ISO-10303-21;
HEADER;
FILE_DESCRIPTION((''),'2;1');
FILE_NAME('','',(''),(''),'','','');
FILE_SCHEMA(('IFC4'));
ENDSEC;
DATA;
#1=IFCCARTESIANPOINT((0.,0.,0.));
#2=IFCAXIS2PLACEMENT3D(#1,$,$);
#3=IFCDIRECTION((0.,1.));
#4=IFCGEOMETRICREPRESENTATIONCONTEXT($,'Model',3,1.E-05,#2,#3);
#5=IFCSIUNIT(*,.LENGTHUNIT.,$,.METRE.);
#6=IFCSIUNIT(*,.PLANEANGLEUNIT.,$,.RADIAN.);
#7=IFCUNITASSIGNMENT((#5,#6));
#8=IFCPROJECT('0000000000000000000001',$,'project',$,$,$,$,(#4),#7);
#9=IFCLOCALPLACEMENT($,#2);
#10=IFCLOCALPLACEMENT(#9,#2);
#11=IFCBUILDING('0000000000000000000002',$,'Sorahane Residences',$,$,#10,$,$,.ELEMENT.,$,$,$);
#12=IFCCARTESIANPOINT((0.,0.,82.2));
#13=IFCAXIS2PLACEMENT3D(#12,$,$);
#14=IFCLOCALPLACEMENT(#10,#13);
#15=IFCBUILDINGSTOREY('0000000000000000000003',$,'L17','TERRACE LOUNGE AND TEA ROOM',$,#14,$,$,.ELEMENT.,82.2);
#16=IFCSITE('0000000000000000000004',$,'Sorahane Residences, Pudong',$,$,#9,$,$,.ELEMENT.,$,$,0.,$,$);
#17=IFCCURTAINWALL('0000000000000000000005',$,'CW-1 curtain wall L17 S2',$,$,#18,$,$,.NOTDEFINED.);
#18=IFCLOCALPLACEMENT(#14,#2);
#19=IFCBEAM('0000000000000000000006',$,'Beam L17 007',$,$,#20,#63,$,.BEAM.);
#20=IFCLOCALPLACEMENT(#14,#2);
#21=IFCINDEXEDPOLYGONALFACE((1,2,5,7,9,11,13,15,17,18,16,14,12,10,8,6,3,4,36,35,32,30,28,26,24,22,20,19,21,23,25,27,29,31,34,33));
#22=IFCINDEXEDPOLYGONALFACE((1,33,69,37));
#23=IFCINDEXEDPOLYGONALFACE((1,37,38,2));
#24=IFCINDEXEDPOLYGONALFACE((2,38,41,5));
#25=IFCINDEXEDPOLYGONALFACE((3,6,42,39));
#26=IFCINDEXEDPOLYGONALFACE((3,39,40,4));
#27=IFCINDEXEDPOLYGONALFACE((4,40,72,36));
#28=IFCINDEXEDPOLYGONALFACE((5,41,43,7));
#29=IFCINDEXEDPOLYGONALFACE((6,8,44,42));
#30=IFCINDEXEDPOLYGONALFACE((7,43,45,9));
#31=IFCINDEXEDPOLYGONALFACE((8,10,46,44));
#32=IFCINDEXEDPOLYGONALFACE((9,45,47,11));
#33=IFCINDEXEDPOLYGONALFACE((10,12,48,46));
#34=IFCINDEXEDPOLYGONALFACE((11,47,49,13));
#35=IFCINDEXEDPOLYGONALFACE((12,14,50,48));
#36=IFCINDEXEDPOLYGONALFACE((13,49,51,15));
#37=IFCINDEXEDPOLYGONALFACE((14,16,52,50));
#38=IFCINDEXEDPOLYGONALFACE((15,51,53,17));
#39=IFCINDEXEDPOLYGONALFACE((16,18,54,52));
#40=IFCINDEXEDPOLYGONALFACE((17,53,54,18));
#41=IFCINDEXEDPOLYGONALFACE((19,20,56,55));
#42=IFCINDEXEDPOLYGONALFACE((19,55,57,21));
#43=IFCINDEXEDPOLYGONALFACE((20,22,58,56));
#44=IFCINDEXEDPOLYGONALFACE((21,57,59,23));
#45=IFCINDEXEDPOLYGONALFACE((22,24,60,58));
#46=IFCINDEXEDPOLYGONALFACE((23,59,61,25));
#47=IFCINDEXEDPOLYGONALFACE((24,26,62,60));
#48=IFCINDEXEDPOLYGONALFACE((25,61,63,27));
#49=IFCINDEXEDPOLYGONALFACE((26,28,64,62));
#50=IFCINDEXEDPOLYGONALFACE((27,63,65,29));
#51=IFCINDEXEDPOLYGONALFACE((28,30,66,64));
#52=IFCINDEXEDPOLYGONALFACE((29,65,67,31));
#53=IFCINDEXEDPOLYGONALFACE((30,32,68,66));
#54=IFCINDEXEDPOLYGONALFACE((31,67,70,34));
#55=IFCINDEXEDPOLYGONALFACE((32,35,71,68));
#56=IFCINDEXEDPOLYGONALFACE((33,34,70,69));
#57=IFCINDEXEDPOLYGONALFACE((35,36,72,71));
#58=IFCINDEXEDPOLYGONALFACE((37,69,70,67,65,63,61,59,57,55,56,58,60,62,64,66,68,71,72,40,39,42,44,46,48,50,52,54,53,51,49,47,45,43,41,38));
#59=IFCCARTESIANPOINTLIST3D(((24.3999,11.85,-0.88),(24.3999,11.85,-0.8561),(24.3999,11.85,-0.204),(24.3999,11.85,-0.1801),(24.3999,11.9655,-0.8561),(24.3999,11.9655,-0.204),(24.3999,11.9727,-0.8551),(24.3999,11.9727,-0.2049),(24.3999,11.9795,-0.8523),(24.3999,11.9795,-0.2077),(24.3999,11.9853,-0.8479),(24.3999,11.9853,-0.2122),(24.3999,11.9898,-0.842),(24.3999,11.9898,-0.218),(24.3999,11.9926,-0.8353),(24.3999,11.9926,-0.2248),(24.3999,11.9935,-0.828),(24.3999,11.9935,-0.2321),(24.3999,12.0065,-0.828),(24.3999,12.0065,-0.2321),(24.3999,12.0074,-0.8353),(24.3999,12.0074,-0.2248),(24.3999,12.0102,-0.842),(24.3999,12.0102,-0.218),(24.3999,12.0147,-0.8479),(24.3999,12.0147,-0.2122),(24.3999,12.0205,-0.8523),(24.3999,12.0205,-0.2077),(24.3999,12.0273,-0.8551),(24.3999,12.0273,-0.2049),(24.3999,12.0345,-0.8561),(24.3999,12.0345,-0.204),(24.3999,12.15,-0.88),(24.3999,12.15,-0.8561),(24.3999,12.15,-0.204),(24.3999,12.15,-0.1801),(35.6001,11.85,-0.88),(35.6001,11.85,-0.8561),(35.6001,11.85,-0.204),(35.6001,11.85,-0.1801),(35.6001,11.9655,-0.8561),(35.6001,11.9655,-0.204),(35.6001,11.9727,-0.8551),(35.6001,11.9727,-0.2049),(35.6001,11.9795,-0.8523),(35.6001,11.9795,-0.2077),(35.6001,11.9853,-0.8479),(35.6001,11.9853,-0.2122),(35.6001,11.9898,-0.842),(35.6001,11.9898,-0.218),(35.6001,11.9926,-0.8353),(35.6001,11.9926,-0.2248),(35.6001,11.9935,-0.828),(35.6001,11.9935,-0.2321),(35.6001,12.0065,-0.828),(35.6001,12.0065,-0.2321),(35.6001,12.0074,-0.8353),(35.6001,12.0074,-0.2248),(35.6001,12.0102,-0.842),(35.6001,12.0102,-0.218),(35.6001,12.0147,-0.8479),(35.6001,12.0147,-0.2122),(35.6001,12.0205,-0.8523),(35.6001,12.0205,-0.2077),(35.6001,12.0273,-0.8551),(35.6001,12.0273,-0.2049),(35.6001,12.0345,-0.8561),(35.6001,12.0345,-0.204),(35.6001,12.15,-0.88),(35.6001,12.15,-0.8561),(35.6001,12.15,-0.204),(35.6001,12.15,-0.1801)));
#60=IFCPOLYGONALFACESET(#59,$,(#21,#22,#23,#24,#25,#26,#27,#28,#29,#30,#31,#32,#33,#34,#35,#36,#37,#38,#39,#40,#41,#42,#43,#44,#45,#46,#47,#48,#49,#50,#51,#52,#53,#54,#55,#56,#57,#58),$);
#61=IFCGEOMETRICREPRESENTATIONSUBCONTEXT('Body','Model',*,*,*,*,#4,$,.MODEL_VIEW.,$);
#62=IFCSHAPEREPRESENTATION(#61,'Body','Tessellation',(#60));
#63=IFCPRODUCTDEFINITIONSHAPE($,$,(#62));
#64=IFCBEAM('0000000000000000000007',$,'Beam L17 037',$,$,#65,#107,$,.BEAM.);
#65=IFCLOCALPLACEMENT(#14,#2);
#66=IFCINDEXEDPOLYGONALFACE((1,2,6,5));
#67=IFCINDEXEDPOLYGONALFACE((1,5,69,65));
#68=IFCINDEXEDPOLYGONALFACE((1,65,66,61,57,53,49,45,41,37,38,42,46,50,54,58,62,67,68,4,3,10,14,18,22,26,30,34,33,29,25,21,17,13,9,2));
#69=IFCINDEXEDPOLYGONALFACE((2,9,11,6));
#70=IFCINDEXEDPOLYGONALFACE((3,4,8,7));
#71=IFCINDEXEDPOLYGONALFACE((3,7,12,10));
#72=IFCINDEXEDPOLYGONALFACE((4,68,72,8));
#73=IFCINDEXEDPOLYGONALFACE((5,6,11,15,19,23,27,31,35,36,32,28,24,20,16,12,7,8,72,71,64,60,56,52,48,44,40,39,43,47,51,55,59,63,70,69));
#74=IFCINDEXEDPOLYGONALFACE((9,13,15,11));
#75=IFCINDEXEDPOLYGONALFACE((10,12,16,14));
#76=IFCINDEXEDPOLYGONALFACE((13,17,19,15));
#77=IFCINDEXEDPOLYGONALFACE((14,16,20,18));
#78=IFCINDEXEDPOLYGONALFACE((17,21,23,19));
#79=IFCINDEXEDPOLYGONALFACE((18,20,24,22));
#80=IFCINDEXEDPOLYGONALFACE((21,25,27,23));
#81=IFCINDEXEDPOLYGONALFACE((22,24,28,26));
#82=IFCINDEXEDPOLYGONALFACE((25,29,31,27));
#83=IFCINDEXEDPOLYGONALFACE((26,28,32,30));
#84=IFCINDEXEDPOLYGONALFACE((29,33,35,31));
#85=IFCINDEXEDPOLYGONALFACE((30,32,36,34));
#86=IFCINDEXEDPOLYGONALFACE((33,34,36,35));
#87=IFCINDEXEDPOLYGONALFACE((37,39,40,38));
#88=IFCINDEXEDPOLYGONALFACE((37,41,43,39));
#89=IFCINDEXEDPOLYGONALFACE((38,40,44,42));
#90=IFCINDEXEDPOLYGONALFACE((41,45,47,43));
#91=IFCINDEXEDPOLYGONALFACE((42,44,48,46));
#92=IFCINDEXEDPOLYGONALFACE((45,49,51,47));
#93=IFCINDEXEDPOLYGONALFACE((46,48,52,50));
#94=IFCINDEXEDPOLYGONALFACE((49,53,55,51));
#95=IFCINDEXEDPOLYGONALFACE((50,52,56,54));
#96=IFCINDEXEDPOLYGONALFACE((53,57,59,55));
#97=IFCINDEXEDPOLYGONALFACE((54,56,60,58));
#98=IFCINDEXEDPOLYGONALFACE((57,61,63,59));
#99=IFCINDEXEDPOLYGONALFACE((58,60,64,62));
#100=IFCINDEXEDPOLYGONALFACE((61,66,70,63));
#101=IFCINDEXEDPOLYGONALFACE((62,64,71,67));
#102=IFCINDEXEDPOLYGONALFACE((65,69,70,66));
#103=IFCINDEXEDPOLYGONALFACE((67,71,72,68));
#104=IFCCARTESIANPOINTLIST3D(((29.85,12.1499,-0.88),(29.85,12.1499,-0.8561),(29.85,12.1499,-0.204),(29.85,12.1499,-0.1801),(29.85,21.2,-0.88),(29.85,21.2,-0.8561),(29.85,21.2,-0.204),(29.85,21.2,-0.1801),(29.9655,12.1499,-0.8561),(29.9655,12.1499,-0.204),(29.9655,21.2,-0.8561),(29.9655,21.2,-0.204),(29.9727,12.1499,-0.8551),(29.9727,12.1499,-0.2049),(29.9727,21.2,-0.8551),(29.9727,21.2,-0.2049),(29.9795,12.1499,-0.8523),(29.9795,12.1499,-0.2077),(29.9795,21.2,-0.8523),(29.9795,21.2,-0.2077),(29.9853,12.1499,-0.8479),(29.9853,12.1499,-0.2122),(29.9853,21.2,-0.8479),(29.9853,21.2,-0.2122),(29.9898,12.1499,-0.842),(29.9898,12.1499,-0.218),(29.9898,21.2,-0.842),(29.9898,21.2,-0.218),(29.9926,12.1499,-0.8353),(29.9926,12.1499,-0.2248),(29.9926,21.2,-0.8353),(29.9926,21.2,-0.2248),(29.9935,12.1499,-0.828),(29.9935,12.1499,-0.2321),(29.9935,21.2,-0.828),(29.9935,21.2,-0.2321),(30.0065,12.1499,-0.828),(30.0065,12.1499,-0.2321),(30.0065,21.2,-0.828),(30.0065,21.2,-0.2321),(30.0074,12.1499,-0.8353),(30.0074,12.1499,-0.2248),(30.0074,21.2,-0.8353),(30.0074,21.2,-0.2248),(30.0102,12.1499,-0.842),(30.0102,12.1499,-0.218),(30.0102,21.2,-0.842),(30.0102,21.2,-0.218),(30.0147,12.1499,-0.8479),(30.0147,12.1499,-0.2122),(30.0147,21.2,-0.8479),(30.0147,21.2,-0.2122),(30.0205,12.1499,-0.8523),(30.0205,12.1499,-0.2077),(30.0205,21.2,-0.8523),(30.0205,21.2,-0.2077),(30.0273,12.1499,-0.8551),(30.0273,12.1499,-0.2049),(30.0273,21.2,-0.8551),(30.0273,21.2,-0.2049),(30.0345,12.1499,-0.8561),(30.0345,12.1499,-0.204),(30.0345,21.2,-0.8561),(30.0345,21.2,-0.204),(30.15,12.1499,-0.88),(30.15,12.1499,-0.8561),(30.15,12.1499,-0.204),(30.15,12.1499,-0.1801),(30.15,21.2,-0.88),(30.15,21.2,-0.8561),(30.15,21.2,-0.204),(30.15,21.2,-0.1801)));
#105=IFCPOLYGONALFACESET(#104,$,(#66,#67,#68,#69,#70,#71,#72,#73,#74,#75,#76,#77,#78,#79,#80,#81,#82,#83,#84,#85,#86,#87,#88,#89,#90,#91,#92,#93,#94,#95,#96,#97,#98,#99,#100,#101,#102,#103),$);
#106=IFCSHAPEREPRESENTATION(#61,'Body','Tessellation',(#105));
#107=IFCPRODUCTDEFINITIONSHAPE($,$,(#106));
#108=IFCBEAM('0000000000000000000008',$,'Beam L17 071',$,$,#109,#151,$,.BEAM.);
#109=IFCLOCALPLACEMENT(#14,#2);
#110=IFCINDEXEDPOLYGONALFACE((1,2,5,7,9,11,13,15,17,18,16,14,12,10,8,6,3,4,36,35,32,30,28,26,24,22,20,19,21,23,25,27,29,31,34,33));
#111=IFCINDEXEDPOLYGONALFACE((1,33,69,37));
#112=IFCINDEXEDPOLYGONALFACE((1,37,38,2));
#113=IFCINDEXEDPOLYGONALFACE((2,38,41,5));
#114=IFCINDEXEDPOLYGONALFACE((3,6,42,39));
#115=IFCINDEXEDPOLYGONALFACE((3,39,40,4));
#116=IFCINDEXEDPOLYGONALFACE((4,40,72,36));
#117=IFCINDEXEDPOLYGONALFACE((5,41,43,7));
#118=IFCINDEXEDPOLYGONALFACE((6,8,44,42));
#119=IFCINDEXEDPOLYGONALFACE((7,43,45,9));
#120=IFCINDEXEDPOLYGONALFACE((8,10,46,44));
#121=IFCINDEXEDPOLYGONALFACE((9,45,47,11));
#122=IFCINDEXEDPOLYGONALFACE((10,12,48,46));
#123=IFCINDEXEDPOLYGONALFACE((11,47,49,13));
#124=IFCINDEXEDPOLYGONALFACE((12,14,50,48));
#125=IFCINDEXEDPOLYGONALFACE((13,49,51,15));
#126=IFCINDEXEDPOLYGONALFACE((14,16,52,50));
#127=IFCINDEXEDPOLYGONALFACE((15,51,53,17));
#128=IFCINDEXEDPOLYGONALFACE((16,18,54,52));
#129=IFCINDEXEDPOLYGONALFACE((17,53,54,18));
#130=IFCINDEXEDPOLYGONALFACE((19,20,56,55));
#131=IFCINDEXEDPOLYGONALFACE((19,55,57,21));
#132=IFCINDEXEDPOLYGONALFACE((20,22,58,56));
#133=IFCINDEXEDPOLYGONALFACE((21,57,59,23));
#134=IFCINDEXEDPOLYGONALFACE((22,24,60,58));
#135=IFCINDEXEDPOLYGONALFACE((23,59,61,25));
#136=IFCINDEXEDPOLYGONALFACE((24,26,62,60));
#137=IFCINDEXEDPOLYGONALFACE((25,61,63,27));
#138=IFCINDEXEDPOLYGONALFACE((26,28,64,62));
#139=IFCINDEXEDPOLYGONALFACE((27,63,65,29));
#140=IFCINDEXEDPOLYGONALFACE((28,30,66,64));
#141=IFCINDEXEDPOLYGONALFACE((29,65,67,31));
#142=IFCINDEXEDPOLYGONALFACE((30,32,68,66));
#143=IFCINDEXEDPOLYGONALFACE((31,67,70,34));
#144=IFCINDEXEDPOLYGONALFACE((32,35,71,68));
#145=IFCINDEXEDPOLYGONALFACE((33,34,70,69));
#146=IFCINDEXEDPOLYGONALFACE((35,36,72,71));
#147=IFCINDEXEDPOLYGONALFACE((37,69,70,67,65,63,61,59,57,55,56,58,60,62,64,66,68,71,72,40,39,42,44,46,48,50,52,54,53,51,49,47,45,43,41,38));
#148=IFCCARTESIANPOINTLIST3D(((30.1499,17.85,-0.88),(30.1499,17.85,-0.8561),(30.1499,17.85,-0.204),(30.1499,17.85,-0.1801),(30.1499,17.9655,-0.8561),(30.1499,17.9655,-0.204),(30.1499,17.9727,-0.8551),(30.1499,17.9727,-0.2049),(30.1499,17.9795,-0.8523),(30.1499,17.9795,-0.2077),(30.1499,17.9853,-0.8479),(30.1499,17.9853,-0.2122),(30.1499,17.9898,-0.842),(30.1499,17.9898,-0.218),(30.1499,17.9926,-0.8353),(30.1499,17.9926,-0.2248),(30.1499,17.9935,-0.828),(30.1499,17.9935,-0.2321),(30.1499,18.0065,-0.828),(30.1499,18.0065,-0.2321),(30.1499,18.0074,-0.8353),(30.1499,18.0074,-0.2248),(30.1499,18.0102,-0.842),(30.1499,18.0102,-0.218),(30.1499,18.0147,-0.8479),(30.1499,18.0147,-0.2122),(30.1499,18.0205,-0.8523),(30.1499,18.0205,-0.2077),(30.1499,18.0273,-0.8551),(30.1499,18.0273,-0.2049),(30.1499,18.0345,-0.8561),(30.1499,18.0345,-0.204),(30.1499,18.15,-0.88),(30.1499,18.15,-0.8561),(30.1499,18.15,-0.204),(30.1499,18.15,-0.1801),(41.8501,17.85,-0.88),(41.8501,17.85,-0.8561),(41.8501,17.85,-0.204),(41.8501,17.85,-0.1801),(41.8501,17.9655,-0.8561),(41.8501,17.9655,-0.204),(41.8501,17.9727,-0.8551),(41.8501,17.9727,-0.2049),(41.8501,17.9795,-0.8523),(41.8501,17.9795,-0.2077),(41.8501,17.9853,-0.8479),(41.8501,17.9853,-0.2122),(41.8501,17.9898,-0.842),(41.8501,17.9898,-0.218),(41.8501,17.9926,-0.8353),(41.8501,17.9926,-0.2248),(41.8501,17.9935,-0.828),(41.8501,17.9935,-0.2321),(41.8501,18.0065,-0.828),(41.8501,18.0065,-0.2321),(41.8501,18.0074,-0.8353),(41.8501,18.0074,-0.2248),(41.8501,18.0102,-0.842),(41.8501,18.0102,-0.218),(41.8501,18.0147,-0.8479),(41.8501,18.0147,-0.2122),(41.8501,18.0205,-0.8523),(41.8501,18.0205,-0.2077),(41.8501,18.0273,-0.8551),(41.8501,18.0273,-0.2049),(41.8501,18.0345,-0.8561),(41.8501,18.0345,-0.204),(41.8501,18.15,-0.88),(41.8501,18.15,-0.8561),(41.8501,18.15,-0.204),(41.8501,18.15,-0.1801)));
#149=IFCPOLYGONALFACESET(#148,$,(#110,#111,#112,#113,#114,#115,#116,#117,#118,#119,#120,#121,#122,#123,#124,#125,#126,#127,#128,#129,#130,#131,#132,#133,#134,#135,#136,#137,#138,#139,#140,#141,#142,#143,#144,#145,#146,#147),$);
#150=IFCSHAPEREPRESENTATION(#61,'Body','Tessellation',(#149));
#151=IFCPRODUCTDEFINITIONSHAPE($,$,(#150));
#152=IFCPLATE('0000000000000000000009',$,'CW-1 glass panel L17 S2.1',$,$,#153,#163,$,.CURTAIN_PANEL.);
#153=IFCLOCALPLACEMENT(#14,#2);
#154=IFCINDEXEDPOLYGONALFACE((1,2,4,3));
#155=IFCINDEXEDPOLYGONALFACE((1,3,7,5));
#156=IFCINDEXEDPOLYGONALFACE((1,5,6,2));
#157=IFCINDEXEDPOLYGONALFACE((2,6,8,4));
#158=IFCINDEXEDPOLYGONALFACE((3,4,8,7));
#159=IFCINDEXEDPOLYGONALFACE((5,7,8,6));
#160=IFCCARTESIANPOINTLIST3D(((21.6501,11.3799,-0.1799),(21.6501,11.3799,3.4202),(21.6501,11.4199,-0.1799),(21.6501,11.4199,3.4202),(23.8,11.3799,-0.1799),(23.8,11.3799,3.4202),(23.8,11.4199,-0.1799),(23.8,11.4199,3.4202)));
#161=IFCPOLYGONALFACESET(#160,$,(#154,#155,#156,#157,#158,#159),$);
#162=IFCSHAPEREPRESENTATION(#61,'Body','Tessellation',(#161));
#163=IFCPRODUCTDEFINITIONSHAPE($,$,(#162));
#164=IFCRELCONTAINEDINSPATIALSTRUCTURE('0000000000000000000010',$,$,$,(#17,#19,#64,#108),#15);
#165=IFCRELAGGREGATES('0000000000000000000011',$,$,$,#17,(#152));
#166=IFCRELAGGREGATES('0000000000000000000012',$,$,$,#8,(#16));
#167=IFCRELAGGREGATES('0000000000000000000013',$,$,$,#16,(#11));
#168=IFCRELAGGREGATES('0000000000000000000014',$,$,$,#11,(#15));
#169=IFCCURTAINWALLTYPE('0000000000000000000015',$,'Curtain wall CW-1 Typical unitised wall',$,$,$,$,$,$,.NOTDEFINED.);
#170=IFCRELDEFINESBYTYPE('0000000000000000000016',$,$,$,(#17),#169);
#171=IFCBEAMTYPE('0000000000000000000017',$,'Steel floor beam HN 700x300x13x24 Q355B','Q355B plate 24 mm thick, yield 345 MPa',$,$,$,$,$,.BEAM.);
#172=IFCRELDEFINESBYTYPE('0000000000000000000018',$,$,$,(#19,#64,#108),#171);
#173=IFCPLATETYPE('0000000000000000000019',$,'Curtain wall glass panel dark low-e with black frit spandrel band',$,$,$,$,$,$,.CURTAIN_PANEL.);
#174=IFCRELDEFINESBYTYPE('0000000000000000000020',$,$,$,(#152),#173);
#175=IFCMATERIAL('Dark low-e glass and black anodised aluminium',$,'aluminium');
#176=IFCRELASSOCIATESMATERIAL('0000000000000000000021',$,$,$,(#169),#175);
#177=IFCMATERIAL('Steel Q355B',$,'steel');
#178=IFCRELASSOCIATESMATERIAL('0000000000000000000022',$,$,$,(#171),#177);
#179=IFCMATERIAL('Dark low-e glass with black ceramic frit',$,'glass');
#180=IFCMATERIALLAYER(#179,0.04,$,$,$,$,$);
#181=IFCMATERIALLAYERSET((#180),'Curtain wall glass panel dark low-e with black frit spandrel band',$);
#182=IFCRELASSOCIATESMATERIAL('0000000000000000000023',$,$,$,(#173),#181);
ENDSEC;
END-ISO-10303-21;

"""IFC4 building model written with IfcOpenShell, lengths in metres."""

from ifc_helpers import new_model, si_unit, direction, frame, origin, origin_2d, place, context, subcontext, project, spatial, rectangle, i_section, extrude, material, layer, layer_set, material_profile, profile_set, type_object, element, aggregate, save


model = new_model("IFC4")

# Units and contexts
model_context = context("Model", 3, precision=1e-05, world=origin(), true_north=direction((0.0, 1.0)))
body_context = subcontext(model_context, "Body", "Model", "MODEL_VIEW")
ifc_project = project(units=[si_unit("LENGTHUNIT", "METRE"), si_unit("PLANEANGLEUNIT", "RADIAN")], contexts=[model_context])

# Site, building, storey
site_placement = place(None, origin())
site = spatial("IfcSite", under=ifc_project, at=site_placement, Name="Sorahane Residences, Pudong", CompositionType="ELEMENT", RefElevation=0.0)
building_placement = place(site_placement, origin())
building = spatial("IfcBuilding", under=site, at=building_placement, Name="Sorahane Residences", CompositionType="ELEMENT")
storey_placement = place(building_placement, frame((0.0, 0.0, 82.2)))
storey = spatial("IfcBuildingStorey", under=building, at=storey_placement, Name="L17", Description="TERRACE LOUNGE AND TEA ROOM", CompositionType="ELEMENT", Elevation=82.2)

# Curtain wall
ifc_material_1 = material(Name="Dark low-e glass and black anodised aluminium", Category="aluminium")
curtain_wall_type = type_object("IfcCurtainWallType", Name="Curtain wall CW-1 Typical unitised wall", PredefinedType="NOTDEFINED", material=ifc_material_1)
curtain_wall_placement = place(storey_placement, origin())
curtain_wall = element("IfcCurtainWall", 1, at=curtain_wall_placement, inside=storey, type_object=curtain_wall_type, Name="CW-1 curtain wall L17 S2", PredefinedType="NOTDEFINED")

# Beams
ifc_material_2 = material(Name="Steel Q355B", Category="steel")
ifc_material_profile_1 = material_profile(ifc_material_2, i_section(OverallWidth=0.3, OverallDepth=0.7, WebThickness=0.0129, FlangeThickness=0.0239, FilletRadius=0.0281, at=origin_2d()), Name="HN 700x300x13x24")
ifc_profile_set_1 = profile_set([ifc_material_profile_1], Name="Steel Q355B")
beam_type_1 = type_object("IfcBeamType", Name="Steel floor beam HN 700x300x13x24 Q355B", Description="Q355B plate 24 mm thick, yield 345 MPa", PredefinedType="BEAM", material=ifc_profile_set_1)
beam_1_placement = place(storey_placement, frame((24.3999, 12.0, -0.53), z_axis=(1.0, 0.0, 0.0), x_axis=(0.0, 1.0, 0.0)))
element("IfcBeam", 2, at=beam_1_placement, inside=storey, type_object=beam_type_1, Name="Beam L17 007", PredefinedType="BEAM", context=body_context, shape_type="SweptSolid", body=[
    extrude(i_section(OverallWidth=0.3, OverallDepth=0.7, WebThickness=0.0129, FlangeThickness=0.0239, FilletRadius=0.0281, at=origin_2d()), origin(), (0.0, 0.0, 1.0), 11.2002),
])
beam_2_placement = place(storey_placement, frame((30.0, 12.1499, -0.53), z_axis=(0.0, 1.0, 0.0), x_axis=(-1.0, 0.0, 0.0)))
element("IfcBeam", 3, at=beam_2_placement, inside=storey, type_object=beam_type_1, Name="Beam L17 037", PredefinedType="BEAM", context=body_context, shape_type="SweptSolid", body=[
    extrude(i_section(OverallWidth=0.3, OverallDepth=0.7, WebThickness=0.0129, FlangeThickness=0.0239, FilletRadius=0.0281, at=origin_2d()), origin(), (0.0, 0.0, 1.0), 9.05),
])
beam_3_placement = place(storey_placement, frame((30.1499, 18.0, -0.53), z_axis=(1.0, 0.0, 0.0), x_axis=(0.0, 1.0, 0.0)))
element("IfcBeam", 4, at=beam_3_placement, inside=storey, type_object=beam_type_1, Name="Beam L17 071", PredefinedType="BEAM", context=body_context, shape_type="SweptSolid", body=[
    extrude(i_section(OverallWidth=0.3, OverallDepth=0.7, WebThickness=0.0129, FlangeThickness=0.0239, FilletRadius=0.0281, at=origin_2d()), origin(), (0.0, 0.0, 1.0), 11.7002),
])

# Plate
ifc_material_3 = material(Name="Dark low-e glass with black ceramic frit", Category="glass")
ifc_layer_1 = layer(ifc_material_3, 0.04)
ifc_layer_set_1 = layer_set([ifc_layer_1], Name="Curtain wall glass panel dark low-e with black frit spandrel band")
plate_type = type_object("IfcPlateType", Name="Curtain wall glass panel dark low-e with black frit spandrel band", PredefinedType="CURTAIN_PANEL", material=ifc_layer_set_1)
plate_placement = place(storey_placement, frame((22.7251, 11.3999, -0.1799), z_axis=(0.0, 0.0, 1.0), x_axis=(1.0, 0.0, 0.0)))
plate = element("IfcPlate", 5, at=plate_placement, type_object=plate_type, Name="CW-1 glass panel L17 S2.1", PredefinedType="CURTAIN_PANEL", context=body_context, shape_type="SweptSolid", body=[
    extrude(rectangle(XDim=2.1499, YDim=0.04, at=origin_2d()), origin(), (0.0, 0.0, 1.0), 3.6001),
])
aggregate(curtain_wall, [plate])

save(model, "model.ifc")
